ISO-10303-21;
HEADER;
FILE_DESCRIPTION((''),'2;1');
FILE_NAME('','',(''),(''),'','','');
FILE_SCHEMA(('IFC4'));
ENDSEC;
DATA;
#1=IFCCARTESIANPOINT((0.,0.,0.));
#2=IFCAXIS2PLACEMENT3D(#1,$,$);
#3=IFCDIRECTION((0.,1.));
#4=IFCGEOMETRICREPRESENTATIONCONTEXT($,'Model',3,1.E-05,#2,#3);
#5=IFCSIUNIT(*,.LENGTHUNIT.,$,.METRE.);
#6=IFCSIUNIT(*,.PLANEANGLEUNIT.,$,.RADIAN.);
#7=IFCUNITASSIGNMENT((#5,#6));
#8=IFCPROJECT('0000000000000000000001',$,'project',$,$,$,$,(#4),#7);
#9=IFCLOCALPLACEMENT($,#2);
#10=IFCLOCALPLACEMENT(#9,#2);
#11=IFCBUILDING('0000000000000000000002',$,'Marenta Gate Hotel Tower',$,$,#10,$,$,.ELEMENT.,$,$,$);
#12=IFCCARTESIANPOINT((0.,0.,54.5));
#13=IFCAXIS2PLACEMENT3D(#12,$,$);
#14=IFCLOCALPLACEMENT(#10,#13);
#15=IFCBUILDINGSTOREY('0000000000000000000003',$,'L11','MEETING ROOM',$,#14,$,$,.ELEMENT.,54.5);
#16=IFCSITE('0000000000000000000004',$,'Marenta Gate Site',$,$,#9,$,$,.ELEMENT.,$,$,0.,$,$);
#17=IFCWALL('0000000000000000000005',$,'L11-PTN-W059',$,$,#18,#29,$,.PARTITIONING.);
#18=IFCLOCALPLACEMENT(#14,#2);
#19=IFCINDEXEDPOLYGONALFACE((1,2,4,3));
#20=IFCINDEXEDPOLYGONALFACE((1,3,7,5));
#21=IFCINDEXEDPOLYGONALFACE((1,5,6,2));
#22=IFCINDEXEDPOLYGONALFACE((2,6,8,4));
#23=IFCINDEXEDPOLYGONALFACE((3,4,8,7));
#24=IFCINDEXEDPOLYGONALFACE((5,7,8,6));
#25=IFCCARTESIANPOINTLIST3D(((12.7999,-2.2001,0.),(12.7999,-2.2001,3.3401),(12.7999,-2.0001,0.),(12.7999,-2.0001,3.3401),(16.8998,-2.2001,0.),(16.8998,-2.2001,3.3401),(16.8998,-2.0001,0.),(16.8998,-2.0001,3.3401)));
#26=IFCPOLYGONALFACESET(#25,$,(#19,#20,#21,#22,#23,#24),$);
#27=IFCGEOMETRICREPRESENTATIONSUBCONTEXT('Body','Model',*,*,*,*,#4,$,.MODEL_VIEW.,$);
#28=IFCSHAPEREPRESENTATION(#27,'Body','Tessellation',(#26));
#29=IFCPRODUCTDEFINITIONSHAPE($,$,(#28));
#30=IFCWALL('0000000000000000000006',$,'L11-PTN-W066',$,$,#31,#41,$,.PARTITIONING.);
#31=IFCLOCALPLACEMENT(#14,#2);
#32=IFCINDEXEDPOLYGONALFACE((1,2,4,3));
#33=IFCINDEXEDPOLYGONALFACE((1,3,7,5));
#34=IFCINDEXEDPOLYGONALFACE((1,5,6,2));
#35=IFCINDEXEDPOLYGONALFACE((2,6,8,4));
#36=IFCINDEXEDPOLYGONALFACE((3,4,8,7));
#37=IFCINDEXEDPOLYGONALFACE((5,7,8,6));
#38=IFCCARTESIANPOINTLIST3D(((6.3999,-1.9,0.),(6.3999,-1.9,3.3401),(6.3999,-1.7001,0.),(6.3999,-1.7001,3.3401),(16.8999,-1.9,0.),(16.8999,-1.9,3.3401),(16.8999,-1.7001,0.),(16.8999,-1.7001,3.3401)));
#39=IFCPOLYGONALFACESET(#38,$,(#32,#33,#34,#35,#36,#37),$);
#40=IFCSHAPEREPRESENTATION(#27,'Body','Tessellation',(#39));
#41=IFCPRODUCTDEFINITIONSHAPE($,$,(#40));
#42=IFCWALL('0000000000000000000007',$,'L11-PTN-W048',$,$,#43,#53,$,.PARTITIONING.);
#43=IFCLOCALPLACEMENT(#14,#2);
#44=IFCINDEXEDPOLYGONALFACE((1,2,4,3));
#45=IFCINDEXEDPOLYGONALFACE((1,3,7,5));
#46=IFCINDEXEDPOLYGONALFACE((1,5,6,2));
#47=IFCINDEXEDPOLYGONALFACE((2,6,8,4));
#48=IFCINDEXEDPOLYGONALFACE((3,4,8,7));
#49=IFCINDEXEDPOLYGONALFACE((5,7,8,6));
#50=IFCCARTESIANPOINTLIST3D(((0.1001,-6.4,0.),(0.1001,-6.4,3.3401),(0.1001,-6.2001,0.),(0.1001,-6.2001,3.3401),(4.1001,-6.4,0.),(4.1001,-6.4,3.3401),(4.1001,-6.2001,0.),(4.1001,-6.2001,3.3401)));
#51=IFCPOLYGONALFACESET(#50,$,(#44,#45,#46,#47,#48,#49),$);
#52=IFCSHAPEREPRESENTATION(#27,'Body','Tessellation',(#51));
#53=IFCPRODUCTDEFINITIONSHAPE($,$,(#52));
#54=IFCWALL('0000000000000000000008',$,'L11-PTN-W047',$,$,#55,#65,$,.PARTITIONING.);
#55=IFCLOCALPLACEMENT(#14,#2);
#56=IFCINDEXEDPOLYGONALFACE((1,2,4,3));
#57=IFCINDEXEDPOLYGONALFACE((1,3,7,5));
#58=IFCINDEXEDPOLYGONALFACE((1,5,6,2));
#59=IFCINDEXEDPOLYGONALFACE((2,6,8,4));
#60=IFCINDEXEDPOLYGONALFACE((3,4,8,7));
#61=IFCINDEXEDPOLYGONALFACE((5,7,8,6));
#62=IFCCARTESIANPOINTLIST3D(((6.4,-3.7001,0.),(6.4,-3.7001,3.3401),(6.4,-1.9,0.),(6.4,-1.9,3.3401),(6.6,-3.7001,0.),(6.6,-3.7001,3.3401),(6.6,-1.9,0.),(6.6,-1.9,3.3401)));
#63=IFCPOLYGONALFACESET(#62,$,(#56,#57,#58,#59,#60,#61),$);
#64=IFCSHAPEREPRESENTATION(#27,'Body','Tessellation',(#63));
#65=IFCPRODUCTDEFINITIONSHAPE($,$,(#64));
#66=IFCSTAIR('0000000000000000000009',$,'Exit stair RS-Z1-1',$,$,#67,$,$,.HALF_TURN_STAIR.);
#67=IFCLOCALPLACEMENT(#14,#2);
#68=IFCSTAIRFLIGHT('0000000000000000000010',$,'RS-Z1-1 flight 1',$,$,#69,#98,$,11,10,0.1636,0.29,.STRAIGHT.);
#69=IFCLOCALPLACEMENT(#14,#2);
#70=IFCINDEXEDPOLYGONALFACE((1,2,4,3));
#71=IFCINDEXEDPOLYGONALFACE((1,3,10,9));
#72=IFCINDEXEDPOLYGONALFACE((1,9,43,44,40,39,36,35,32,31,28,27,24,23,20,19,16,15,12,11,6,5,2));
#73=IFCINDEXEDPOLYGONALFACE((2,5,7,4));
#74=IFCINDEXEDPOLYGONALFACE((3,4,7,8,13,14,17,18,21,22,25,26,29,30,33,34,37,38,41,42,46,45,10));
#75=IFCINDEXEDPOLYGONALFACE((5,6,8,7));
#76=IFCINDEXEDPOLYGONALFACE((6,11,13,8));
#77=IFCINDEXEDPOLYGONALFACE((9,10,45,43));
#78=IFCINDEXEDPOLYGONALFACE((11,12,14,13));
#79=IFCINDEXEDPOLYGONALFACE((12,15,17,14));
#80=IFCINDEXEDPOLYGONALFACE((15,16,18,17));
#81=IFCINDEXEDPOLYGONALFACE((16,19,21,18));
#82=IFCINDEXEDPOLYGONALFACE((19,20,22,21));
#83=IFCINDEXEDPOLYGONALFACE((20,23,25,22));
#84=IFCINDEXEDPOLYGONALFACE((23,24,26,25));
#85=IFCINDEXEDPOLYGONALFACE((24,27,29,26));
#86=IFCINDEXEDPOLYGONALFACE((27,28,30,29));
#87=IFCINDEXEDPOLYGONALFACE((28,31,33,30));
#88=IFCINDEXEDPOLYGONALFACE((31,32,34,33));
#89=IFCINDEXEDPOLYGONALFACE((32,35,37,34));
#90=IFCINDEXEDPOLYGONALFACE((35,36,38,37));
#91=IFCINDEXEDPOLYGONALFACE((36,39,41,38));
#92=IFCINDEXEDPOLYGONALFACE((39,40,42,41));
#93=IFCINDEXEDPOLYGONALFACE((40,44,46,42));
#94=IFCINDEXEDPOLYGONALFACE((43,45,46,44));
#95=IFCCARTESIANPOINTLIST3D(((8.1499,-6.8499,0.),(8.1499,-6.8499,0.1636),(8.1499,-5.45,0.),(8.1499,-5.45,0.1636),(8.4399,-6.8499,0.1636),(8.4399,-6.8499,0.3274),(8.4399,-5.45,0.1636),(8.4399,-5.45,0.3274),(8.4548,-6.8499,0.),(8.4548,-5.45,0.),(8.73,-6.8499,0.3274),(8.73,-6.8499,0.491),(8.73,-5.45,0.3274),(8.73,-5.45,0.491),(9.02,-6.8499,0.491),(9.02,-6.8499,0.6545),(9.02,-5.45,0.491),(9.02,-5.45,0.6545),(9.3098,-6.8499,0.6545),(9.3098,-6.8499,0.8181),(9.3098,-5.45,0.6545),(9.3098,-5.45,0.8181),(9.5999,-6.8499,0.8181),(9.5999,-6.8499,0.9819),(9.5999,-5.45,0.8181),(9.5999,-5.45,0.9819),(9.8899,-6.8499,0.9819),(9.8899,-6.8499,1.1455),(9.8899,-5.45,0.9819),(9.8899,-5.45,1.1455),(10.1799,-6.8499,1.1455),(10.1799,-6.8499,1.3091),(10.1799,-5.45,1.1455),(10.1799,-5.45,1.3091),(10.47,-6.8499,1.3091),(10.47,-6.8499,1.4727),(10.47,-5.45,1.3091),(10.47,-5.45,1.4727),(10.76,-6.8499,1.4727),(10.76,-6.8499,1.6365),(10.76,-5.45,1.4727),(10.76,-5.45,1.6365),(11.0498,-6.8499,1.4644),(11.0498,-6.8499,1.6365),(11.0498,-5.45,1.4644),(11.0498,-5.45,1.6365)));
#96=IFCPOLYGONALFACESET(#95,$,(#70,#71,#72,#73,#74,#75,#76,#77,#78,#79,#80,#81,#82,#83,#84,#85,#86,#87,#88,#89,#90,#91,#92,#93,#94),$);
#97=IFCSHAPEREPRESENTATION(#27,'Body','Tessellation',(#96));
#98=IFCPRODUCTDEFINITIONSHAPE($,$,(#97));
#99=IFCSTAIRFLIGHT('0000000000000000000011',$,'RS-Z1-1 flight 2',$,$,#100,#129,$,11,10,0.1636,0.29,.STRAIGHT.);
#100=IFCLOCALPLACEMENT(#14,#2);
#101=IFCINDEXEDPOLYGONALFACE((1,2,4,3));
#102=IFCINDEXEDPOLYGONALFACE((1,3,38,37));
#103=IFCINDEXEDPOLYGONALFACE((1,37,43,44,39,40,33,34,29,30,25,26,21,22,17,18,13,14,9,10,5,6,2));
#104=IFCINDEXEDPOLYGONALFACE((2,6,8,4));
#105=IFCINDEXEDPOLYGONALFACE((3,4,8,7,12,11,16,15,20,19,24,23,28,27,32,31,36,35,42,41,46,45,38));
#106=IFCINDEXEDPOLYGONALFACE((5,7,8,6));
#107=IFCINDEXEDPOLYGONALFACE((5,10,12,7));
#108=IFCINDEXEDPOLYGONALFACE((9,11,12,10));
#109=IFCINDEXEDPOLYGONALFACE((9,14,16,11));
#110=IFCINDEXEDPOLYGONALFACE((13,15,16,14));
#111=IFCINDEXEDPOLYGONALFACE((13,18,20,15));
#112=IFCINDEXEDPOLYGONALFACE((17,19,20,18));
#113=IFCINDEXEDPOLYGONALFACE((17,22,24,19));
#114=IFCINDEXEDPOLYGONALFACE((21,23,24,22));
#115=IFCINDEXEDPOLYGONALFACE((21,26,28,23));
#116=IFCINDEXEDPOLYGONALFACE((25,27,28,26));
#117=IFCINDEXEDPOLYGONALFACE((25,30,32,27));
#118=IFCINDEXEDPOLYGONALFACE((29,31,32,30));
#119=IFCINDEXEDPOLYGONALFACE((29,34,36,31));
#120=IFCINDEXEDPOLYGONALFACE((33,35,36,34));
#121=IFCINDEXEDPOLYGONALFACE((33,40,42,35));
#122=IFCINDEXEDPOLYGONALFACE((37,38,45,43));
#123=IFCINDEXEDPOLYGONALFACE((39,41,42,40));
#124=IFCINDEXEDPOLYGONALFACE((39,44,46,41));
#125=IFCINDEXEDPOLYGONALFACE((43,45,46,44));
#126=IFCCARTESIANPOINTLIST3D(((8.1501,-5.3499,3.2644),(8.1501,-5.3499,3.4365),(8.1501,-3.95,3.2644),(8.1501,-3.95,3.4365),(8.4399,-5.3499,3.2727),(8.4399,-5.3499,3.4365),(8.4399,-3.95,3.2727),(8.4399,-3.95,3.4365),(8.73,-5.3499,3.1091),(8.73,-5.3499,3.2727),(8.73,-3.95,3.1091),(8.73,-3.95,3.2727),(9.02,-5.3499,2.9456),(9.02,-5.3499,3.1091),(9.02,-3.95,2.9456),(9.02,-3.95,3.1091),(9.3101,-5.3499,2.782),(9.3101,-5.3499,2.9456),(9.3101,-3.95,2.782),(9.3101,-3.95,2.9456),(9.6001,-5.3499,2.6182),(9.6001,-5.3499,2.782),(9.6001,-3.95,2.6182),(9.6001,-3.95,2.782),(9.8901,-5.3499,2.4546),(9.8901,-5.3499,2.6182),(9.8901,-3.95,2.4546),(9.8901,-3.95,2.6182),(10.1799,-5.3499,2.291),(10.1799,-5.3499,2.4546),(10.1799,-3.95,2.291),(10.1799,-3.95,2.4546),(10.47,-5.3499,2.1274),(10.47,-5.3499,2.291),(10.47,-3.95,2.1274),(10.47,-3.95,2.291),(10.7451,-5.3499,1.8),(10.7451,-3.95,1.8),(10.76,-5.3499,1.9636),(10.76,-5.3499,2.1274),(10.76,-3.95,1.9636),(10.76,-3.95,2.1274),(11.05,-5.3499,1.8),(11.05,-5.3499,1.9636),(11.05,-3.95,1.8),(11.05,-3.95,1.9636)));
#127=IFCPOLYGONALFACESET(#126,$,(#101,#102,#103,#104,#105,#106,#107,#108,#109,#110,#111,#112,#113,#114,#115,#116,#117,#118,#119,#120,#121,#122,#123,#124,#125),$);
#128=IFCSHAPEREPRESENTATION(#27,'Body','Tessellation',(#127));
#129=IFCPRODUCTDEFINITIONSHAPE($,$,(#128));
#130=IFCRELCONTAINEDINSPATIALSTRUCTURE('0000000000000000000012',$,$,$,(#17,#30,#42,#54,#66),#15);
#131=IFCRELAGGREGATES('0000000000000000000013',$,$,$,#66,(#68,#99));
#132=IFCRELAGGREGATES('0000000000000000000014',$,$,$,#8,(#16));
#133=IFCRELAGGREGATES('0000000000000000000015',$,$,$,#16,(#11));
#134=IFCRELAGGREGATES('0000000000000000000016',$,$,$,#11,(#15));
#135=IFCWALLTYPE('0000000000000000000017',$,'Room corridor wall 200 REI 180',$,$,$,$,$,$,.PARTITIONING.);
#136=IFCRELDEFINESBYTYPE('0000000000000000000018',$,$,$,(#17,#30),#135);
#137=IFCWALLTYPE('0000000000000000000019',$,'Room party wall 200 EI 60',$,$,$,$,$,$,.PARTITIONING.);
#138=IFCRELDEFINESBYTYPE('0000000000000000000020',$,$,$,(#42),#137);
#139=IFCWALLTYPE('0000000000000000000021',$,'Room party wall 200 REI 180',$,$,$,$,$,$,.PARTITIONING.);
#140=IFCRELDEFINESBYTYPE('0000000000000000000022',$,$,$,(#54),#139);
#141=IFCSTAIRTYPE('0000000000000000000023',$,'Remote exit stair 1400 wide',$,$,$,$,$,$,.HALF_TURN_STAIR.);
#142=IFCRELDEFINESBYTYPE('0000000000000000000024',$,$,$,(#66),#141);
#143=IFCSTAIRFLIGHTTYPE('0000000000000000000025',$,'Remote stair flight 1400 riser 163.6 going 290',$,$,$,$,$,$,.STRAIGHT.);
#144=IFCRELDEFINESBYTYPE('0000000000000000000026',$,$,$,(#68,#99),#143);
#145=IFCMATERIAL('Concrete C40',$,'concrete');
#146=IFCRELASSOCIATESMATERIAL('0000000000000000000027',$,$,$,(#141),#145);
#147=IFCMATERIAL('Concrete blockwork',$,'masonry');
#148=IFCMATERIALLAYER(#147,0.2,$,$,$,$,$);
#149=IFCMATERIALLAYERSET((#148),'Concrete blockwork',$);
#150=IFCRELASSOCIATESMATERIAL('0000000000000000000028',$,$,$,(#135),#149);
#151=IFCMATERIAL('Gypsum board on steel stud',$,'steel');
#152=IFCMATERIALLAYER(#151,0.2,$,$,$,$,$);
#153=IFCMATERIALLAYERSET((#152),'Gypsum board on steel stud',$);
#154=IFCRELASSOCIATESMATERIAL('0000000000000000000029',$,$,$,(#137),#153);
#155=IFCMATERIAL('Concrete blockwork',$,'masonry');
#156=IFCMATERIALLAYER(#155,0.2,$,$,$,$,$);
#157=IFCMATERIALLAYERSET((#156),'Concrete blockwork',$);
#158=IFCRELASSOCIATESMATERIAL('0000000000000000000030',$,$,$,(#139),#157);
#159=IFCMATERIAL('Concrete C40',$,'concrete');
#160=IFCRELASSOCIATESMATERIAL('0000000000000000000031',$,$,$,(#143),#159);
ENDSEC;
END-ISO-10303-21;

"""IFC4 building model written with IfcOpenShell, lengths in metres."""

from ifc_helpers import new_model, si_unit, direction, frame, frame_2d, origin, place, context, subcontext, project, spatial, polyline, rectangle, outline, extrude, material, layer, layer_set, type_object, element, aggregate, save


model = new_model("IFC4")

# Units and contexts
model_context = context("Model", 3, precision=1e-05, world=origin(), true_north=direction((0.0, 1.0)))
body_context = subcontext(model_context, "Body", "Model", "MODEL_VIEW")
ifc_project = project(units=[si_unit("LENGTHUNIT", "METRE"), si_unit("PLANEANGLEUNIT", "RADIAN")], contexts=[model_context])

# Site, building, storey
site_placement = place(None, origin())
site = spatial("IfcSite", under=ifc_project, at=site_placement, Name="Marenta Gate Site", CompositionType="ELEMENT", RefElevation=0.0)
building_placement = place(site_placement, origin())
building = spatial("IfcBuilding", under=site, at=building_placement, Name="Marenta Gate Hotel Tower", CompositionType="ELEMENT")
storey_placement = place(building_placement, frame((0.0, 0.0, 54.5)))
storey = spatial("IfcBuildingStorey", under=building, at=storey_placement, Name="L11", Description="MEETING ROOM", CompositionType="ELEMENT", Elevation=54.5)

# Shared definitions
ifc_material_1 = material(Name="Concrete C40", Category="concrete")
stair_type = type_object("IfcStairType", Name="Remote exit stair 1400 wide", PredefinedType="HALF_TURN_STAIR", material=ifc_material_1)

# Shared definitions
ifc_material_2 = material(Name="Concrete blockwork", Category="masonry")
ifc_layer_1 = layer(ifc_material_2, 0.2)
ifc_layer_set_1 = layer_set([ifc_layer_1], Name="Concrete blockwork")
wall_type_1 = type_object("IfcWallType", Name="Room corridor wall 200 REI 180", PredefinedType="PARTITIONING", material=ifc_layer_set_1)

# Walls
wall_1_placement = place(storey_placement, frame((12.8, -2.1001, 0.0), z_axis=(0.0, 0.0, 1.0), x_axis=(1.0, 0.0, 0.0)))
element("IfcWall", 1, at=wall_1_placement, inside=storey, type_object=wall_type_1, Name="L11-PTN-W059", PredefinedType="PARTITIONING", context=body_context, shape_type="SweptSolid", body=[
    extrude(rectangle(XDim=4.0999, YDim=0.2, at=frame_2d((2.0498, 0.0))), origin(), (0.0, 0.0, 1.0), 3.3401),
])
wall_2_placement = place(storey_placement, frame((6.3999, -1.8, 0.0), z_axis=(0.0, 0.0, 1.0), x_axis=(1.0, 0.0, 0.0)))
element("IfcWall", 2, at=wall_2_placement, inside=storey, type_object=wall_type_1, Name="L11-PTN-W066", PredefinedType="PARTITIONING", context=body_context, shape_type="SweptSolid", body=[
    extrude(rectangle(XDim=10.5, YDim=0.2, at=frame_2d((5.25, 0.0))), origin(), (0.0, 0.0, 1.0), 3.3401),
])
ifc_material_3 = material(Name="Gypsum board on steel stud", Category="steel")
ifc_layer_2 = layer(ifc_material_3, 0.2)
ifc_layer_set_2 = layer_set([ifc_layer_2], Name="Gypsum board on steel stud")
wall_type_2 = type_object("IfcWallType", Name="Room party wall 200 EI 60", PredefinedType="PARTITIONING", material=ifc_layer_set_2)
wall_3_placement = place(storey_placement, frame((0.1001, -6.3, 0.0), z_axis=(0.0, 0.0, 1.0), x_axis=(1.0, 0.0, 0.0)))
element("IfcWall", 3, at=wall_3_placement, inside=storey, type_object=wall_type_2, Name="L11-PTN-W048", PredefinedType="PARTITIONING", context=body_context, shape_type="SweptSolid", body=[
    extrude(rectangle(XDim=4.0, YDim=0.2, at=frame_2d((2.0, 0.0))), origin(), (0.0, 0.0, 1.0), 3.3401),
])
ifc_material_4 = material(Name="Concrete blockwork", Category="masonry")
ifc_layer_3 = layer(ifc_material_4, 0.2)
ifc_layer_set_3 = layer_set([ifc_layer_3], Name="Concrete blockwork")
wall_type_3 = type_object("IfcWallType", Name="Room party wall 200 REI 180", PredefinedType="PARTITIONING", material=ifc_layer_set_3)
wall_4_placement = place(storey_placement, frame((6.5, -3.7, 0.0), z_axis=(0.0, 0.0, 1.0), x_axis=(0.0, 1.0, 0.0)))
element("IfcWall", 4, at=wall_4_placement, inside=storey, type_object=wall_type_3, Name="L11-PTN-W047", PredefinedType="PARTITIONING", context=body_context, shape_type="SweptSolid", body=[
    extrude(rectangle(XDim=1.8, YDim=0.2, at=frame_2d((0.8999, 0.0))), origin(), (0.0, 0.0, 1.0), 3.3401),
])

# Stair, stair flights
stair_1_placement = place(storey_placement, origin())
stair_1 = element("IfcStair", 5, at=stair_1_placement, inside=storey, type_object=stair_type, Name="Exit stair RS-Z1-1", PredefinedType="HALF_TURN_STAIR")
ifc_material_5 = material(Name="Concrete C40", Category="concrete")
stair_flight_type = type_object("IfcStairFlightType", Name="Remote stair flight 1400 riser 163.6 going 290", PredefinedType="STRAIGHT", material=ifc_material_5)
stair_flight_1_placement = place(storey_placement, frame((8.1499, -6.1499, 0.0), z_axis=(0.0, 0.0, 1.0), x_axis=(1.0, 0.0, 0.0)))
stair_flight_1 = element("IfcStairFlight", 6, at=stair_flight_1_placement, type_object=stair_flight_type, Name="RS-Z1-1 flight 1", NumberOfRisers=11, NumberOfTreads=10, PredefinedType="STRAIGHT", RiserHeight=0.1636, TreadLength=0.29, context=body_context, shape_type="SweptSolid", body=[
    extrude(outline(polyline([(0.0, 0.0), (0.0, 0.1636), (0.29, 0.1636), (0.29, 0.3274), (0.5801, 0.3274), (0.5801, 0.491), (0.8701, 0.491), (0.8701, 0.6545), (1.1599, 0.6545), (1.1599, 0.8181), (1.45, 0.8181), (1.45, 0.9819), (1.74, 0.9819), (1.74, 1.1455), (2.03, 1.1455), (2.03, 1.3091), (2.3201, 1.3091), (2.3201, 1.4727), (2.6101, 1.4727), (2.6101, 1.6365), (2.8999, 1.6365), (2.8999, 1.8), (2.8999, 1.4644), (0.3049, 0.0), (0.0, 0.0)])), frame((0.0, 0.7, 0.0), z_axis=(0.0, -1.0, 0.0), x_axis=(1.0, 0.0, 0.0)), (0.0, 0.0, 1.0), 1.3999),
])
stair_flight_2_placement = place(storey_placement, frame((11.05, -4.6499, 1.8), z_axis=(0.0, 0.0, 1.0), x_axis=(-1.0, 0.0, 0.0)))
stair_flight_2 = element("IfcStairFlight", 7, at=stair_flight_2_placement, type_object=stair_flight_type, Name="RS-Z1-1 flight 2", NumberOfRisers=11, NumberOfTreads=10, PredefinedType="STRAIGHT", RiserHeight=0.1636, TreadLength=0.29, context=body_context, shape_type="SweptSolid", body=[
    extrude(outline(polyline([(0.0, 0.0), (0.0, 0.1636), (0.29, 0.1636), (0.29, 0.3274), (0.5801, 0.3274), (0.5801, 0.491), (0.8701, 0.491), (0.8701, 0.6545), (1.1599, 0.6545), (1.1599, 0.8181), (1.45, 0.8181), (1.45, 0.9819), (1.74, 0.9819), (1.74, 1.1455), (2.03, 1.1455), (2.03, 1.3091), (2.3201, 1.3091), (2.3201, 1.4727), (2.6101, 1.4727), (2.6101, 1.6365), (2.8999, 1.6365), (2.8999, 1.8), (2.8999, 1.4644), (0.3049, 0.0), (0.0, 0.0)])), frame((0.0, 0.7, 0.0), z_axis=(0.0, -1.0, 0.0), x_axis=(1.0, 0.0, 0.0)), (0.0, 0.0, 1.0), 1.3999),
])
aggregate(stair_1, [stair_flight_1, stair_flight_2])

save(model, "model.ifc")
